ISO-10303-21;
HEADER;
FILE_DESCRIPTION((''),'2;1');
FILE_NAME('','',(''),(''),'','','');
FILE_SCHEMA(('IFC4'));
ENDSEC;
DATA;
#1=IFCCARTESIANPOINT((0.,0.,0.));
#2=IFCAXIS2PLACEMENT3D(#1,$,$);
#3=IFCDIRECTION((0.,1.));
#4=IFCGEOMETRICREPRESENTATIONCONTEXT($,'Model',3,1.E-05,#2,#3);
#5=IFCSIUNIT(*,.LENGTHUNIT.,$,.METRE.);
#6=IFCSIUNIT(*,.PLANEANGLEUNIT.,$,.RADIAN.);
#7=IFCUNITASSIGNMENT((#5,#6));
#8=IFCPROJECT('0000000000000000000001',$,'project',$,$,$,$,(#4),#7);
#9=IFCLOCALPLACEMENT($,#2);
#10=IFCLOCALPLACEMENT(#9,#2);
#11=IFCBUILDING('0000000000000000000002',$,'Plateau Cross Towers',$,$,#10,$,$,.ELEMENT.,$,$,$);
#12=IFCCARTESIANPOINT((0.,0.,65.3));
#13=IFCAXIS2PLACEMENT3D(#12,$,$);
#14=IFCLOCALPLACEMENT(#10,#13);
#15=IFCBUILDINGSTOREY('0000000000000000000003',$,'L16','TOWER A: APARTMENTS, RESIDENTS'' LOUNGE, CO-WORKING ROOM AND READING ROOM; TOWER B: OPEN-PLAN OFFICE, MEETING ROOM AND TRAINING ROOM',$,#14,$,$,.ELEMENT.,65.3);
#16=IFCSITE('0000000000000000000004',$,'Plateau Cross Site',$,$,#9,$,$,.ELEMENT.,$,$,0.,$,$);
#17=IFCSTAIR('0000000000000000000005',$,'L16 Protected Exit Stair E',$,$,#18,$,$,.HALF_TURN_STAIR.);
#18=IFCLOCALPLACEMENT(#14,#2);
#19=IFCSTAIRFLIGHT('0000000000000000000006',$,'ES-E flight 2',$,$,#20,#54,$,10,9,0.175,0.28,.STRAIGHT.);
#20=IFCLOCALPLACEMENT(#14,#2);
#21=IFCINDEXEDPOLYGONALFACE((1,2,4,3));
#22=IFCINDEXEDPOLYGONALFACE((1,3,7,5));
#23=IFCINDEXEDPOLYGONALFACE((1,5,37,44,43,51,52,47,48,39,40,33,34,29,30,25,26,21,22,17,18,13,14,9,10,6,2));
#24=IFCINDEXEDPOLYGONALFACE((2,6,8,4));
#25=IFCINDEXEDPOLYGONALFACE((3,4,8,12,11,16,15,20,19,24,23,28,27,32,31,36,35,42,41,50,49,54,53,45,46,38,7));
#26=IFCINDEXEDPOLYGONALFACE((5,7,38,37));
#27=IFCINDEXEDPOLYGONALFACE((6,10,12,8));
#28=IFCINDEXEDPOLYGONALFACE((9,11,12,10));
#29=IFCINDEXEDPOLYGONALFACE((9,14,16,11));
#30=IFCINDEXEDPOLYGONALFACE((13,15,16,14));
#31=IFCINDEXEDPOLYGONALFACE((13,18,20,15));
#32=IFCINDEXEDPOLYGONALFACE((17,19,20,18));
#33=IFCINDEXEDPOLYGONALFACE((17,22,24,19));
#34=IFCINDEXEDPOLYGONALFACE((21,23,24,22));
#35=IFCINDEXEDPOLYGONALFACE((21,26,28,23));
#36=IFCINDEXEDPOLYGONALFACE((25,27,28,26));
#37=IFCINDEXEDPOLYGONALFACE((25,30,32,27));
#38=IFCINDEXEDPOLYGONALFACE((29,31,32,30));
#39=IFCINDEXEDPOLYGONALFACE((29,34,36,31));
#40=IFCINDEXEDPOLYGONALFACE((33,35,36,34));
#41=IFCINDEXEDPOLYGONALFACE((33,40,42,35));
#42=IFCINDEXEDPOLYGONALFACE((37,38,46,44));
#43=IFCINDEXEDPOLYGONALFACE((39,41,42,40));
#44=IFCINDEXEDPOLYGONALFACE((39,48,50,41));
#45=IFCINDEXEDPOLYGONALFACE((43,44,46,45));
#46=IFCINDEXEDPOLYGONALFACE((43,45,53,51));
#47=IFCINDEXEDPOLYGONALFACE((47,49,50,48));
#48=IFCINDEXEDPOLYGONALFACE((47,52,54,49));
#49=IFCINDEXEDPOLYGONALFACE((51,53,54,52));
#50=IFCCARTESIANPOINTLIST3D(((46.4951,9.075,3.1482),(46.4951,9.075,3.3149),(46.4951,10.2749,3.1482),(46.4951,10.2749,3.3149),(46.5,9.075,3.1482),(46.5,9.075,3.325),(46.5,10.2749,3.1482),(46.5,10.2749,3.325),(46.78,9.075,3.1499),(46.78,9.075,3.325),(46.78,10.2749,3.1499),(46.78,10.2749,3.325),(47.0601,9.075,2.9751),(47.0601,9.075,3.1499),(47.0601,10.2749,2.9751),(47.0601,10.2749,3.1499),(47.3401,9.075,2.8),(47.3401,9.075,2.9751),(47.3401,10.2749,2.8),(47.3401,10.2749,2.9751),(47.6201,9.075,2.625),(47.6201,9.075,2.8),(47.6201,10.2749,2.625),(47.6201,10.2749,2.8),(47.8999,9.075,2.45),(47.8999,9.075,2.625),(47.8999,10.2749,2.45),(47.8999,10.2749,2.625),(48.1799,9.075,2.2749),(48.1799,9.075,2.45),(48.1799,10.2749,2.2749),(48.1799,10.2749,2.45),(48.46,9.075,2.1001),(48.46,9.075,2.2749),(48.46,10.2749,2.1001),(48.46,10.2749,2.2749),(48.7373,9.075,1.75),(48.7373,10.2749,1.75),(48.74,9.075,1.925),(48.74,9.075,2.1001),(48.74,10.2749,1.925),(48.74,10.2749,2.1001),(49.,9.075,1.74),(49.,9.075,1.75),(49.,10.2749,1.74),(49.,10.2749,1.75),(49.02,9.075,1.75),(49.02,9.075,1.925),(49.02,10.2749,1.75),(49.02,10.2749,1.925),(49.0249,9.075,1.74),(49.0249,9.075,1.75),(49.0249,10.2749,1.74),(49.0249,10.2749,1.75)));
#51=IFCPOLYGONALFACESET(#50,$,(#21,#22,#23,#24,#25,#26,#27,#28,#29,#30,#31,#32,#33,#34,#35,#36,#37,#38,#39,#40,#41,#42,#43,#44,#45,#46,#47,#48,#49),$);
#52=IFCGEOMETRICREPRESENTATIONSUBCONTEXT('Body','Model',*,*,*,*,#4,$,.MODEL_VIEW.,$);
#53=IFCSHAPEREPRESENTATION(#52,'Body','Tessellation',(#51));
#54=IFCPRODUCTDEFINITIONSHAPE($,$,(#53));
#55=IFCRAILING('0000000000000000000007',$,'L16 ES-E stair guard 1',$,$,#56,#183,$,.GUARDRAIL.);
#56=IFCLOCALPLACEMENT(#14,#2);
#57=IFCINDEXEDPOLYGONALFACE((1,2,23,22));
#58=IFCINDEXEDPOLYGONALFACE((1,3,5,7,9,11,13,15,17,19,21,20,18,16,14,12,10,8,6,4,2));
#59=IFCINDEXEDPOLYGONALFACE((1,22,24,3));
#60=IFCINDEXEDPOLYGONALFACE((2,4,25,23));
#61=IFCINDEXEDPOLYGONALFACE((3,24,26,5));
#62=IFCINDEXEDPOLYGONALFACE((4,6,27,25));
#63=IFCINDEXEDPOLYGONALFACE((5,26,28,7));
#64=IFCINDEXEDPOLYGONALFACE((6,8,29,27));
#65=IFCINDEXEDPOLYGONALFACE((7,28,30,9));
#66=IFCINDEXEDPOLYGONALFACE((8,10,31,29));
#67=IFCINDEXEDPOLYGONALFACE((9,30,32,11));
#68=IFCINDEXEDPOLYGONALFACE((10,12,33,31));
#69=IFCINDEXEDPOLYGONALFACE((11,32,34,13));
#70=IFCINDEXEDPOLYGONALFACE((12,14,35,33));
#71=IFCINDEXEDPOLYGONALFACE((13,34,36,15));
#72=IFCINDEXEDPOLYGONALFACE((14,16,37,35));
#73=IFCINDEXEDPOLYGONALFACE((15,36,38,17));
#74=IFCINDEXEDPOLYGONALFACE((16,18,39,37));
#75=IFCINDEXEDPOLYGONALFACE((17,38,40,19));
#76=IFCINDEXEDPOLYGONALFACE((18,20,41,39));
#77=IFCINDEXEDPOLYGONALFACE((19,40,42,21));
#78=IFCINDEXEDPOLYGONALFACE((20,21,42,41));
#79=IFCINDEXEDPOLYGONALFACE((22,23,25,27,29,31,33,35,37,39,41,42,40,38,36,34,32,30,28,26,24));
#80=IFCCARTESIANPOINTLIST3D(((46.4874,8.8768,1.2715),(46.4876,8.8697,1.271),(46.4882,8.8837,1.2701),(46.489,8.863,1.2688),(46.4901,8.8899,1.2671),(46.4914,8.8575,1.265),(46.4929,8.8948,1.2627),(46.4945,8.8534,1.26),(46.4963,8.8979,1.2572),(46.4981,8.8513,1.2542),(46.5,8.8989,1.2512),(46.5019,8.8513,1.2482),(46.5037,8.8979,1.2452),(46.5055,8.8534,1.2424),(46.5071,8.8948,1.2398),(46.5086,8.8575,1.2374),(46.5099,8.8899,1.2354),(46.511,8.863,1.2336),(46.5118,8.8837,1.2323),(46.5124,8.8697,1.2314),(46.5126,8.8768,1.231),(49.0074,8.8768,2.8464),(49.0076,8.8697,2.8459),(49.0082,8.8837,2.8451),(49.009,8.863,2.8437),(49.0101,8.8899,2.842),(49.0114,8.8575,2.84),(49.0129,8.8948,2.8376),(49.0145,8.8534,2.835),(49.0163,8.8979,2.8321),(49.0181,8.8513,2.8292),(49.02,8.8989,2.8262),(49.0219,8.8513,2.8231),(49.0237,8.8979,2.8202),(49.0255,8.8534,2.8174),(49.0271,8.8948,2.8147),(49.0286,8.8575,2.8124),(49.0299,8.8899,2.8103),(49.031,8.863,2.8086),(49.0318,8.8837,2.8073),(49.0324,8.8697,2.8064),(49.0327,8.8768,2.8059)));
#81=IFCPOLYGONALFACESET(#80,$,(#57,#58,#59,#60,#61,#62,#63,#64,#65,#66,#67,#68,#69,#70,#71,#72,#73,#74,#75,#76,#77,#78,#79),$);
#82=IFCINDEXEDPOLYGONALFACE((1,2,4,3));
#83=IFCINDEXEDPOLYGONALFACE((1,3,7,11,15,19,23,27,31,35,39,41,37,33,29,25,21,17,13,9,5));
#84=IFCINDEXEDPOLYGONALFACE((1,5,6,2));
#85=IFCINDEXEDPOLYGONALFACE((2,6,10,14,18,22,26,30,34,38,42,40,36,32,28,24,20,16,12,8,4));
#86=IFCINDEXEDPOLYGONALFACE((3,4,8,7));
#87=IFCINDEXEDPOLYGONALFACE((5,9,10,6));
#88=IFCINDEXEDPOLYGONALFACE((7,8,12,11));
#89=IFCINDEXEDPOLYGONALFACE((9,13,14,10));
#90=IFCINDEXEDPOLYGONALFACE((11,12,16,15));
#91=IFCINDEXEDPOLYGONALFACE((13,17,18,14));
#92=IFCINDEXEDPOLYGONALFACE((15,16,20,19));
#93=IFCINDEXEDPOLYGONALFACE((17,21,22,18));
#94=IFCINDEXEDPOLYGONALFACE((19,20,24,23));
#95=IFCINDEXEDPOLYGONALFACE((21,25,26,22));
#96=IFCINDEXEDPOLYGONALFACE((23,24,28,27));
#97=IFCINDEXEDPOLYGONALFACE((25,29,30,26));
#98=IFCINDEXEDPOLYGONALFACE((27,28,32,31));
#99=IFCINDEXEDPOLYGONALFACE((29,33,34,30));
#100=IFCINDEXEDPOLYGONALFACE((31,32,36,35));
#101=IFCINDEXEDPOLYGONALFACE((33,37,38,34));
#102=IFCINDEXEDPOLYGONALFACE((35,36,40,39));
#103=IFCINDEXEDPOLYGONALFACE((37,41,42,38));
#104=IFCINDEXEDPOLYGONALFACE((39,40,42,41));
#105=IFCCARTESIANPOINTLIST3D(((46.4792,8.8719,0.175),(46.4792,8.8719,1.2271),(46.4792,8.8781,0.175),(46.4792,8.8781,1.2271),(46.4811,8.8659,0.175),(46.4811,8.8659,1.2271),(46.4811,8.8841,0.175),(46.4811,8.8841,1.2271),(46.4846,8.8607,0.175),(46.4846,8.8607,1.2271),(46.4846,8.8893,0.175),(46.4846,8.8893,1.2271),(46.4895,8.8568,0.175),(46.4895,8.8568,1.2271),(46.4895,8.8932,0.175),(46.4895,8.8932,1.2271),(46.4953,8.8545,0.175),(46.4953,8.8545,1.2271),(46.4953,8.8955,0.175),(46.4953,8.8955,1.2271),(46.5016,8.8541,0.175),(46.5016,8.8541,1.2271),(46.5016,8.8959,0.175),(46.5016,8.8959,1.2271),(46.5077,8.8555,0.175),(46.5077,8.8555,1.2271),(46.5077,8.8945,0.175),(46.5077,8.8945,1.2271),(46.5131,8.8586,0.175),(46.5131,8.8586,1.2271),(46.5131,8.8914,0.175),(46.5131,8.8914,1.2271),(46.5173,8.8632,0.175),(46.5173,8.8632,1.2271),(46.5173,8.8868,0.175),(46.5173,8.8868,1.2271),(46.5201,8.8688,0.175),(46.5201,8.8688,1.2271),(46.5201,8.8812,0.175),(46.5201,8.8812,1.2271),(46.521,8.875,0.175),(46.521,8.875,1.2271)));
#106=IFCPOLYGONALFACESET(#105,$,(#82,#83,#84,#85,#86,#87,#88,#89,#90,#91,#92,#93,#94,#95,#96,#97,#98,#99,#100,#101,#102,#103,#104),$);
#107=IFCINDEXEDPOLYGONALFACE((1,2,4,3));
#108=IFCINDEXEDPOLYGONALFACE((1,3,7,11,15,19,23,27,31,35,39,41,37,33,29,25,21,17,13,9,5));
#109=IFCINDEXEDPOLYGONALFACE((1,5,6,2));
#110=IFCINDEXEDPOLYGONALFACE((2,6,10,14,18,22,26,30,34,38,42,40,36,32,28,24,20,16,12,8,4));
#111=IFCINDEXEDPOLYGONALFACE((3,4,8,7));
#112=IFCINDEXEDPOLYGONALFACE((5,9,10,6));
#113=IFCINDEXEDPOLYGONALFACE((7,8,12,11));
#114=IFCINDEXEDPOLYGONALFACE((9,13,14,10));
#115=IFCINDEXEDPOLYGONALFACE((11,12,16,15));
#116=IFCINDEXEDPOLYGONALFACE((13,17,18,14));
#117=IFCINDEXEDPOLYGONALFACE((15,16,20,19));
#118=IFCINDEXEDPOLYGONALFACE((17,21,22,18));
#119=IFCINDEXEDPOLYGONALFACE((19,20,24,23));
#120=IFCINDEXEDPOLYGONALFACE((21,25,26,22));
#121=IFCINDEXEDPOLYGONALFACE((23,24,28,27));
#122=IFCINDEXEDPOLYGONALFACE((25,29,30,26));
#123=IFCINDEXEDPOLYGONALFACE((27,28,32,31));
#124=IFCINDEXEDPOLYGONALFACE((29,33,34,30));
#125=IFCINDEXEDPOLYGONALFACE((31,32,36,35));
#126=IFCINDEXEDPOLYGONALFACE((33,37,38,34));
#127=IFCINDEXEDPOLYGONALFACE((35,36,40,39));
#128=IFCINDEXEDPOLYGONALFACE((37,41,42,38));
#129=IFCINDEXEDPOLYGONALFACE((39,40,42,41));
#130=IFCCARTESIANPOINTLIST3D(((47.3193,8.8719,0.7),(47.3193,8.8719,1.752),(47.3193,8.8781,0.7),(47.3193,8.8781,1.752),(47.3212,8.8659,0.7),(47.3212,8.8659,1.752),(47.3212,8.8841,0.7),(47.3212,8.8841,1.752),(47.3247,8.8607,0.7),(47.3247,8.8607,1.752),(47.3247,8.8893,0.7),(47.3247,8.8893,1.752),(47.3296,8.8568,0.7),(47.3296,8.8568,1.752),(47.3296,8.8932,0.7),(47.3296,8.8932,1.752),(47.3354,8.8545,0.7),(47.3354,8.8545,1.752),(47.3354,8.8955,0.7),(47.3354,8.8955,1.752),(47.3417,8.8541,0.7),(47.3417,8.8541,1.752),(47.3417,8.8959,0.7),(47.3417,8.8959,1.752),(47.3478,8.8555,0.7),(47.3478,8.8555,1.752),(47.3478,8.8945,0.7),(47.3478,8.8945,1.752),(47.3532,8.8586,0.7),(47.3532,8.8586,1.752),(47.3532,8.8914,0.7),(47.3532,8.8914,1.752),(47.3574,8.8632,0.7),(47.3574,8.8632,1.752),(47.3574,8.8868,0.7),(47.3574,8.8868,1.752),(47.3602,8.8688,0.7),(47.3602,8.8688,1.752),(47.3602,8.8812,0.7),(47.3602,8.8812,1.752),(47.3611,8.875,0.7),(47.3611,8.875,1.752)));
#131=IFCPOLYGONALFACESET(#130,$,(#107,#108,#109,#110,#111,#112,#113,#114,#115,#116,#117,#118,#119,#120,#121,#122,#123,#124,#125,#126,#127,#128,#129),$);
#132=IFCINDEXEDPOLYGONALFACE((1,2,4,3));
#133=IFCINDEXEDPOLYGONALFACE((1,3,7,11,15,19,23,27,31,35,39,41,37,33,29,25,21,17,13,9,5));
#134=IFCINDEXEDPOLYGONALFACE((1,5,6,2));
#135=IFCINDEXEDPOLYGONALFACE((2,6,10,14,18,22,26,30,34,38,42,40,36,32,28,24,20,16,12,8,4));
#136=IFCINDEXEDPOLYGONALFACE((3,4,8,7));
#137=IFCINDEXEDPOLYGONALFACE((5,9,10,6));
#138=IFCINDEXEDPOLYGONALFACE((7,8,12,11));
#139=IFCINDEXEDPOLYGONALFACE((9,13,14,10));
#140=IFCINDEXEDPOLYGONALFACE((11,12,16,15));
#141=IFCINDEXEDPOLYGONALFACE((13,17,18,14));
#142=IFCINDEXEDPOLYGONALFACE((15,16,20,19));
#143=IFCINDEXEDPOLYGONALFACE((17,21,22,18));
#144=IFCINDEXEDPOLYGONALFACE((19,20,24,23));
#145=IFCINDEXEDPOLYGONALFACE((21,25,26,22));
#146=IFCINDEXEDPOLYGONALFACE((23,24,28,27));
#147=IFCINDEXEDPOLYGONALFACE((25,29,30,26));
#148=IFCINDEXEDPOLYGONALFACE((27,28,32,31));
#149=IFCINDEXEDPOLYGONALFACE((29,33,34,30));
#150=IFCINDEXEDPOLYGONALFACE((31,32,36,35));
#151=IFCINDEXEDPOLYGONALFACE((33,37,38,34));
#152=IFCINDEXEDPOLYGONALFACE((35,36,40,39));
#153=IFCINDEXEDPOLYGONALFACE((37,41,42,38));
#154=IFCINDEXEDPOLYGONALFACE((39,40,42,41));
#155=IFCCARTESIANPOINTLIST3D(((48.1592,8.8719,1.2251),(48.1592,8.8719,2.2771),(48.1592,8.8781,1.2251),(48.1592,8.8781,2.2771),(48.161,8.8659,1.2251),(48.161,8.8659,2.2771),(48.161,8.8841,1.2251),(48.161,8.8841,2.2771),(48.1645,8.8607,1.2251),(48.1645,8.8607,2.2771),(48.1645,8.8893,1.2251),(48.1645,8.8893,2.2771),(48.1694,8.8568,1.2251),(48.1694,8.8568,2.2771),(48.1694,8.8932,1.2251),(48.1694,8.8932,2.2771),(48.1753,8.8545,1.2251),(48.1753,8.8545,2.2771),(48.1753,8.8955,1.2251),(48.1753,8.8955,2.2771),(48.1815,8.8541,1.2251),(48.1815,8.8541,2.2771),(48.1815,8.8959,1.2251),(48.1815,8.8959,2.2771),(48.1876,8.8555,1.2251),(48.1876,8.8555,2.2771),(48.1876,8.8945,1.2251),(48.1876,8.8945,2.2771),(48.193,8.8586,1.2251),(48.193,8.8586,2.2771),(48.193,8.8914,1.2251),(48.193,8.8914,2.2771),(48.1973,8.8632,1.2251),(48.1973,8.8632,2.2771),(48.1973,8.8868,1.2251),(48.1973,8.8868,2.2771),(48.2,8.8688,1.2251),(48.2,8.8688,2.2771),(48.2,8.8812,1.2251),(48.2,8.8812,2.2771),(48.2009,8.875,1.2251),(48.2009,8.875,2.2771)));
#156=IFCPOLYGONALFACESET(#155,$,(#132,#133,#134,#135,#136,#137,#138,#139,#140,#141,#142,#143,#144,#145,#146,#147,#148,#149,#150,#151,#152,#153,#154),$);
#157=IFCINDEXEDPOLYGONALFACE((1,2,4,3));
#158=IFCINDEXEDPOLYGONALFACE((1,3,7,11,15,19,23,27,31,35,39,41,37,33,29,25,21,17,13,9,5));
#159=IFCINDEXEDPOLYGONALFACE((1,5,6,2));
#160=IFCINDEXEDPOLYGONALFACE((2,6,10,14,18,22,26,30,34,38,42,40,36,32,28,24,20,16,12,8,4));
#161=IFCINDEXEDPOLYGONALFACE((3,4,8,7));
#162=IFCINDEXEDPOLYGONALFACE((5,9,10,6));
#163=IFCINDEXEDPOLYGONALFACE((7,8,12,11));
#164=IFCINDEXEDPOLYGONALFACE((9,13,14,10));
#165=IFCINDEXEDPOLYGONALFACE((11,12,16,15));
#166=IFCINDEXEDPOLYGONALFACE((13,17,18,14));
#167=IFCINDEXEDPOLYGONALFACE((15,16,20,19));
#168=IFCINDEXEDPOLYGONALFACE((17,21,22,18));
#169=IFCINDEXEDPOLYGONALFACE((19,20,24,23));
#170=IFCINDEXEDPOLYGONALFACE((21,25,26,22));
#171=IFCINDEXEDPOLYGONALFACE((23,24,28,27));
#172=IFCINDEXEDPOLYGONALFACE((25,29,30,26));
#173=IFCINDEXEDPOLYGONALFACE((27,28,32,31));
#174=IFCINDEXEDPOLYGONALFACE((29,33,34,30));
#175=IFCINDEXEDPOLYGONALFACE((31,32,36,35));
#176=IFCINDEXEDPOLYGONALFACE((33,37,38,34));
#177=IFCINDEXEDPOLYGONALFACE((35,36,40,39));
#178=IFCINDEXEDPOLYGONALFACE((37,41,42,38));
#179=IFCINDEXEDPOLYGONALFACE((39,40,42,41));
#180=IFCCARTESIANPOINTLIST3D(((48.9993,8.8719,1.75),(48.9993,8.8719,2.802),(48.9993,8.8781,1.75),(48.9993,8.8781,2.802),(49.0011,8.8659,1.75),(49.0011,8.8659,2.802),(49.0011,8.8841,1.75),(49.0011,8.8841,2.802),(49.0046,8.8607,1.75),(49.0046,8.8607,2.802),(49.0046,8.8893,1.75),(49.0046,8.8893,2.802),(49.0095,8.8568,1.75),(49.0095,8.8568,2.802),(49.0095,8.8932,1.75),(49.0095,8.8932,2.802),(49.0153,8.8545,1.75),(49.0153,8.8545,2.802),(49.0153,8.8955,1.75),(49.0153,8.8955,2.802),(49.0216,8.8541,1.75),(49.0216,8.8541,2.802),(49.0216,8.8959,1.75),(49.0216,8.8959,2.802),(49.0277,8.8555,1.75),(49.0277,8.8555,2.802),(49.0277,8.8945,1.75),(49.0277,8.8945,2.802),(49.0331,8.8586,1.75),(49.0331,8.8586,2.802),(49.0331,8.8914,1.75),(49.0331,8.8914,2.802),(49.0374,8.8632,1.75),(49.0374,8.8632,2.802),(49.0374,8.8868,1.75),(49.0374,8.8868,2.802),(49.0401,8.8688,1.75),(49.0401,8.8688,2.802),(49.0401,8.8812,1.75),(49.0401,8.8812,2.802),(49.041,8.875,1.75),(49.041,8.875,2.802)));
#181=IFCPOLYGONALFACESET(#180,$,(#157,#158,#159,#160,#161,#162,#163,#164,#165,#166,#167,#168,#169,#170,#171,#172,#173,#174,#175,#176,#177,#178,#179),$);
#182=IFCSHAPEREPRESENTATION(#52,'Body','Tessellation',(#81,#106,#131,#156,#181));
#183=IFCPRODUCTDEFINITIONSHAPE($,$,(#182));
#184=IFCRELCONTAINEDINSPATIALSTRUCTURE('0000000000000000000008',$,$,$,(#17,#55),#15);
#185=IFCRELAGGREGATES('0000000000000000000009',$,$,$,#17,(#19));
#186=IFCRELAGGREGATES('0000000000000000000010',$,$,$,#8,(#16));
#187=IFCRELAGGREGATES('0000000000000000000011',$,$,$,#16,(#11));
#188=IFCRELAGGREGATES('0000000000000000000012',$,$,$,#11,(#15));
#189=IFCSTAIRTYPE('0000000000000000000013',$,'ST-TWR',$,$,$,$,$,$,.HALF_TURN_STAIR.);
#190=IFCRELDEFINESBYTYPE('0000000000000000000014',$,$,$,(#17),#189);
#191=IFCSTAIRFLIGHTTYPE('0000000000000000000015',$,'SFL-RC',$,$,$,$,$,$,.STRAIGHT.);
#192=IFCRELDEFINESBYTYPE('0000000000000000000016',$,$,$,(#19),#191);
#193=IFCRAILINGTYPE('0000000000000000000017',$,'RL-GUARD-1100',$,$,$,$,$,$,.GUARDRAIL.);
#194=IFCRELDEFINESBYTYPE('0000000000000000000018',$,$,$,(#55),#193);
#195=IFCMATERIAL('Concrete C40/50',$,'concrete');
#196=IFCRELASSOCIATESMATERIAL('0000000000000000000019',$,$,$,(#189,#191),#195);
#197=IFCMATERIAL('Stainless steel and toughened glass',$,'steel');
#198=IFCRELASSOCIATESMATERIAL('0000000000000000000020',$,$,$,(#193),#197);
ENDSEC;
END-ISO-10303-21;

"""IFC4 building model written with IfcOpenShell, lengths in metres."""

from ifc_helpers import new_model, si_unit, direction, frame, origin, origin_2d, place, context, subcontext, project, spatial, polyline, circle, outline, extrude, material, type_object, element, aggregate, save


model = new_model("IFC4")

# Units and contexts
model_context = context("Model", 3, precision=1e-05, world=origin(), true_north=direction((0.0, 1.0)))
body_context = subcontext(model_context, "Body", "Model", "MODEL_VIEW")
ifc_project = project(units=[si_unit("LENGTHUNIT", "METRE"), si_unit("PLANEANGLEUNIT", "RADIAN")], contexts=[model_context])

# Site, building, storey
site_placement = place(None, origin())
site = spatial("IfcSite", under=ifc_project, at=site_placement, Name="Plateau Cross Site", CompositionType="ELEMENT", RefElevation=0.0)
building_placement = place(site_placement, origin())
building = spatial("IfcBuilding", under=site, at=building_placement, Name="Plateau Cross Towers", CompositionType="ELEMENT")
storey_placement = place(building_placement, frame((0.0, 0.0, 65.3)))
storey = spatial("IfcBuildingStorey", under=building, at=storey_placement, Name="L16", Description="TOWER A: APARTMENTS, RESIDENTS' LOUNGE, CO-WORKING ROOM AND READING ROOM; TOWER B: OPEN-PLAN OFFICE, MEETING ROOM AND TRAINING ROOM", CompositionType="ELEMENT", Elevation=65.3)

# Stair, stair flight
ifc_material_1 = material(Name="Concrete C40/50", Category="concrete")
stair_type = type_object("IfcStairType", Name="ST-TWR", PredefinedType="HALF_TURN_STAIR", material=ifc_material_1)
stair_placement = place(storey_placement, origin())
stair = element("IfcStair", 1, at=stair_placement, inside=storey, type_object=stair_type, Name="L16 Protected Exit Stair E", PredefinedType="HALF_TURN_STAIR")
stair_flight_type = type_object("IfcStairFlightType", Name="SFL-RC", PredefinedType="STRAIGHT", material=ifc_material_1)
stair_flight_1_placement = place(storey_placement, frame((49.02, 9.675, 1.75), z_axis=(0.0, 0.0, 1.0), x_axis=(-1.0, 0.0, 0.0)))
stair_flight_1 = element("IfcStairFlight", 2, at=stair_flight_1_placement, type_object=stair_flight_type, Name="ES-E flight 2", NumberOfRisers=10, NumberOfTreads=9, PredefinedType="STRAIGHT", RiserHeight=0.175, TreadLength=0.28, context=body_context, shape_type="SweptSolid", body=[
    extrude(outline(polyline([(-0.0049, -0.01), (-0.0049, 0.0), (0.0, 0.0), (0.0, 0.175), (0.28, 0.175), (0.28, 0.3501), (0.5601, 0.3501), (0.5601, 0.5249), (0.8401, 0.5249), (0.8401, 0.7), (1.1201, 0.7), (1.1201, 0.875), (1.3999, 0.875), (1.3999, 1.05), (1.6799, 1.05), (1.6799, 1.2251), (1.96, 1.2251), (1.96, 1.3999), (2.24, 1.3999), (2.24, 1.575), (2.52, 1.575), (2.5249, 1.5649), (2.5249, 1.3982), (2.52, 1.3982), (0.2827, 0.0), (0.02, 0.0), (0.02, -0.01), (-0.0049, -0.01)])), frame((0.0, 0.6001, 0.0), z_axis=(0.0, -1.0, 0.0), x_axis=(1.0, 0.0, 0.0)), (0.0, 0.0, 1.0), 1.2),
])
aggregate(stair, [stair_flight_1])

# Railing
ifc_material_2 = material(Name="Stainless steel and toughened glass", Category="steel")
railing_type_1 = type_object("IfcRailingType", Name="RL-GUARD-1100", PredefinedType="GUARDRAIL", material=ifc_material_2)
railing_1_placement = place(storey_placement, frame((46.5, 8.875, 0.175)))
element("IfcRailing", 3, at=railing_1_placement, inside=storey, type_object=railing_type_1, Name="L16 ES-E stair guard 1", PredefinedType="GUARDRAIL", context=body_context, shape_type="SweptSolid", body=[
    extrude(circle(Radius=0.0239, at=origin_2d()), frame((0.0, 0.0, 1.0762), z_axis=(0.848008, 0.0, 0.529984), x_axis=(0.0, 1.0, 0.0)), (0.0, 0.0, 1.0), 2.9717),
    extrude(circle(Radius=0.021, at=origin_2d()), origin(), (0.0, 0.0, 1.0), 1.052),
    extrude(circle(Radius=0.021, at=origin_2d()), frame((0.8401, 0.0, 0.5249)), (0.0, 0.0, 1.0), 1.052),
    extrude(circle(Radius=0.021, at=origin_2d()), frame((1.6799, 0.0, 1.05)), (0.0, 0.0, 1.0), 1.052),
    extrude(circle(Radius=0.021, at=origin_2d()), frame((2.52, 0.0, 1.575)), (0.0, 0.0, 1.0), 1.052),
])

save(model, "model.ifc")
